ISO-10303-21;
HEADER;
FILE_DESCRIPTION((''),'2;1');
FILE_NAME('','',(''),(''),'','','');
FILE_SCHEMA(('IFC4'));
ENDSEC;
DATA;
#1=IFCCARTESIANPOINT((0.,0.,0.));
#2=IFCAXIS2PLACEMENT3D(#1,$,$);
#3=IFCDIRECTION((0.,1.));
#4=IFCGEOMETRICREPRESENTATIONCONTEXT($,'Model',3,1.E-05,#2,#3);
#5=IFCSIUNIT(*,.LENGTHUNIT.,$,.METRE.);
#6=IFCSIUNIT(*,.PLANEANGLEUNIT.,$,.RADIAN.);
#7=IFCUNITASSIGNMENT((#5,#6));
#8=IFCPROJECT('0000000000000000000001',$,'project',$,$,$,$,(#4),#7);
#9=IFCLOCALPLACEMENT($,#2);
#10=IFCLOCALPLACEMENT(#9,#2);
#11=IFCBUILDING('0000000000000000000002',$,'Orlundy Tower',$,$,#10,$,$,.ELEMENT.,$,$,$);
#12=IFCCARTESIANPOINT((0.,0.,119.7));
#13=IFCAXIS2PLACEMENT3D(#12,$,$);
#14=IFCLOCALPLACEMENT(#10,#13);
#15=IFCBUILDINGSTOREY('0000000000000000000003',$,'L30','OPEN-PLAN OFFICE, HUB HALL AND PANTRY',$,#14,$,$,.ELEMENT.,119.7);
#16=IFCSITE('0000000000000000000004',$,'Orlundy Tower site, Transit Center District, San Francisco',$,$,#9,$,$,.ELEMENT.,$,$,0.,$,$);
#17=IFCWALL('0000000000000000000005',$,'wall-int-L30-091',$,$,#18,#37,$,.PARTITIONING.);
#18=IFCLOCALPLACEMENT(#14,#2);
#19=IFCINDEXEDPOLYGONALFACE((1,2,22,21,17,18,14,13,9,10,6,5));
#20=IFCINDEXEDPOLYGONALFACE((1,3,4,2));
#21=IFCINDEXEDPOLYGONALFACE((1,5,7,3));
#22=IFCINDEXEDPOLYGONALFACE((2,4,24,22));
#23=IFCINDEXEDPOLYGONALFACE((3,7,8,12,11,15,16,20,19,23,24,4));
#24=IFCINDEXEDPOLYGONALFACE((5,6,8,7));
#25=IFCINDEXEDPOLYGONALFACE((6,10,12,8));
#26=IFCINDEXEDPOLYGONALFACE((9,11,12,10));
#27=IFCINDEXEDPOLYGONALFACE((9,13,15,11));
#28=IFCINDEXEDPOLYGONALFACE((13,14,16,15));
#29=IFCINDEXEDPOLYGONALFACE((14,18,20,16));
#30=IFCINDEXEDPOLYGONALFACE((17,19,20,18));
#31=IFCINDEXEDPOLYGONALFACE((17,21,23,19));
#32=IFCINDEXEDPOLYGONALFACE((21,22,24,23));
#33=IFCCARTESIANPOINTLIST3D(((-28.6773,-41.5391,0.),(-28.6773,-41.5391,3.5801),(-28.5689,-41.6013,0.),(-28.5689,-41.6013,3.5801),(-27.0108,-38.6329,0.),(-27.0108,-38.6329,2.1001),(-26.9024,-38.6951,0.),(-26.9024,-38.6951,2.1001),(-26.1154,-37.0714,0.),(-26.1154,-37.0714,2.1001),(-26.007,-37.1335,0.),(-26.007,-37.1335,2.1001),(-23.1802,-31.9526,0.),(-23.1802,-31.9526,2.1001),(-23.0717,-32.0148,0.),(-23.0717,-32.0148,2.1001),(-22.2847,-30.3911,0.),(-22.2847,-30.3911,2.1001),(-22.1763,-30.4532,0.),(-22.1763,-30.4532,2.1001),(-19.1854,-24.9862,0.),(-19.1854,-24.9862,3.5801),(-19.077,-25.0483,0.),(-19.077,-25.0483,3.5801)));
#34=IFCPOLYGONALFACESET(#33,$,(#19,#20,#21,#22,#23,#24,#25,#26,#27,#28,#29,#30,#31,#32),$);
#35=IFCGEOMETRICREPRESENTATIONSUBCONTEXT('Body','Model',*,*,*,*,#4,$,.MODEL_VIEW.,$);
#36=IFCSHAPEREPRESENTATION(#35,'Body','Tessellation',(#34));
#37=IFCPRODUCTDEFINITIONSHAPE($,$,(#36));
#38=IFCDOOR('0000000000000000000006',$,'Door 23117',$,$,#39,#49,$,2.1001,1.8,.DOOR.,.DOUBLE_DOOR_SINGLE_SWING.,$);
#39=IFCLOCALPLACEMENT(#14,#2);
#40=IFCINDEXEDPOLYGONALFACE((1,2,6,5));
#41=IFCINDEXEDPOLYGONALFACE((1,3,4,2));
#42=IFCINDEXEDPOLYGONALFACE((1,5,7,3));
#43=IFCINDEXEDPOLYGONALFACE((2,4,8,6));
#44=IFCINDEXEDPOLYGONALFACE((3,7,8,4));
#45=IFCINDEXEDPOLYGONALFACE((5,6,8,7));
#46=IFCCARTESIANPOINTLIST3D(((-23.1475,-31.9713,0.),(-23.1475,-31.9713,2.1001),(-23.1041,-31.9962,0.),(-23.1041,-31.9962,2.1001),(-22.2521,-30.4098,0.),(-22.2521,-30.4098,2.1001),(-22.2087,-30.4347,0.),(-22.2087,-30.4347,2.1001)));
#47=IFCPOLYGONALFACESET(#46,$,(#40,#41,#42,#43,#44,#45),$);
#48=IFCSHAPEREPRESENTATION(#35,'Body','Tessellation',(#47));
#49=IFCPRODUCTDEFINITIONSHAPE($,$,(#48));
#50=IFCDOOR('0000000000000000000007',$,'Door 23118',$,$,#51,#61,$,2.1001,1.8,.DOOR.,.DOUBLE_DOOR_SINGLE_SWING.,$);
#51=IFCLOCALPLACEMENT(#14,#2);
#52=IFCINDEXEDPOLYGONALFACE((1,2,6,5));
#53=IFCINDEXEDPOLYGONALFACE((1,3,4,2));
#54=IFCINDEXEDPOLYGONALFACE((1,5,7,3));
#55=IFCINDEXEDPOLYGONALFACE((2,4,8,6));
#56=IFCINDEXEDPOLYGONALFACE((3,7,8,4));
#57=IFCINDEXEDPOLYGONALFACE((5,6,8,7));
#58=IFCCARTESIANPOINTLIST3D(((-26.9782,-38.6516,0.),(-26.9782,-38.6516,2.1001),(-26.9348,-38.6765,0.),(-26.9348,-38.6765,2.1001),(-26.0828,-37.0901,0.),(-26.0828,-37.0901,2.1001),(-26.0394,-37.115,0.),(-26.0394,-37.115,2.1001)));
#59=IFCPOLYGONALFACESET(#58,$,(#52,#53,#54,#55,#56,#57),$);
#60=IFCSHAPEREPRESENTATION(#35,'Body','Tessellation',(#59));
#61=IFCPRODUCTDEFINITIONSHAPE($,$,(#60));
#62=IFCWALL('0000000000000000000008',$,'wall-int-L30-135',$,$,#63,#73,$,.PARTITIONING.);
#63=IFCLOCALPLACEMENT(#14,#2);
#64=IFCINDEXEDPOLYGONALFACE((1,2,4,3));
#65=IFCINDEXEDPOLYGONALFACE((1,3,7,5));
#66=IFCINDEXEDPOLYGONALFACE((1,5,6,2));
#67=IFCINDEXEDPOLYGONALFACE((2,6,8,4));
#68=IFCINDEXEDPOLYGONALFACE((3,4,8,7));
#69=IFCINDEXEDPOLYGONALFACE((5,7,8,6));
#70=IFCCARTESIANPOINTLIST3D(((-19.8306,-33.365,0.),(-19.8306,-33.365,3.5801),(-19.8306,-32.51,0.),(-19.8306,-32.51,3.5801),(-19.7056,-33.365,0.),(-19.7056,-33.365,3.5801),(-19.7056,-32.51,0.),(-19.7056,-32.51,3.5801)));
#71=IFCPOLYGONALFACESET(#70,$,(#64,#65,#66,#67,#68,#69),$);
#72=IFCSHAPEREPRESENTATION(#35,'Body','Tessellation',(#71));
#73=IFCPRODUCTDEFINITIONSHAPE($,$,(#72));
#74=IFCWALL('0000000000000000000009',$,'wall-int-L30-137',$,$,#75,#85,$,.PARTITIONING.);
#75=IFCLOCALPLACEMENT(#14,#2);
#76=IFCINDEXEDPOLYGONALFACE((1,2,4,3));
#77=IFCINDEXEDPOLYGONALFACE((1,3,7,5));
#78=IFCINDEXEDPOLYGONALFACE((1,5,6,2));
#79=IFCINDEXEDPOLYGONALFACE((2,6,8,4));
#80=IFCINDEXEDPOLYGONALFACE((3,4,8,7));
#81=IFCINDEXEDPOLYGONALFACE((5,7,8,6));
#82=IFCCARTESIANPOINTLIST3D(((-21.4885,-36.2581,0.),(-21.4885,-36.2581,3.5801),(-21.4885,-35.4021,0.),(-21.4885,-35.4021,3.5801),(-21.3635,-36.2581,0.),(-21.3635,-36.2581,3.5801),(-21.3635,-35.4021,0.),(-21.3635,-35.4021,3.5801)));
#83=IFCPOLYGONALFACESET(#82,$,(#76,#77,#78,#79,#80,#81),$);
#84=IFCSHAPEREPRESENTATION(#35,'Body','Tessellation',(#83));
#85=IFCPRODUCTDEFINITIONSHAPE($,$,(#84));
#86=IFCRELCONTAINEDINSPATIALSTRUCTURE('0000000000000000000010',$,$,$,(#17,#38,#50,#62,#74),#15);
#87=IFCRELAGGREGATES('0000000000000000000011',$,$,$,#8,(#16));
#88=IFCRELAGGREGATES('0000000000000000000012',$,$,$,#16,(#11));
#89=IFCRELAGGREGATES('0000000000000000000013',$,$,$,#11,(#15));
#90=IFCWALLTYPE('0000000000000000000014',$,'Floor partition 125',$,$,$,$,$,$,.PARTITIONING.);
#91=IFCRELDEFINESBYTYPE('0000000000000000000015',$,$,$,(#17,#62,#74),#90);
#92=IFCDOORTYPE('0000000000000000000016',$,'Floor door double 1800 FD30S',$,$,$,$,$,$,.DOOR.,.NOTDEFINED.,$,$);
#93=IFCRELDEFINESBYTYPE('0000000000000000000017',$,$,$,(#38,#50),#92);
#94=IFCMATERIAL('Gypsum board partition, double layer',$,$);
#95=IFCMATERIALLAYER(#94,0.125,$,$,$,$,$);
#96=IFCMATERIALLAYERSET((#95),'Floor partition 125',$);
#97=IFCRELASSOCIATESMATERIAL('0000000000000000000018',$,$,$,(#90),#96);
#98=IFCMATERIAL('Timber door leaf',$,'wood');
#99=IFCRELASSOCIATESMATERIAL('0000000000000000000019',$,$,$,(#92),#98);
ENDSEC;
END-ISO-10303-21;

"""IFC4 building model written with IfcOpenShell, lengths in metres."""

from ifc_helpers import new_model, si_unit, direction, frame, frame_2d, origin, place, context, subcontext, project, spatial, rectangle, extrude, material, layer, layer_set, type_object, element, fill, save


model = new_model("IFC4")

# Units and contexts
model_context = context("Model", 3, precision=1e-05, world=origin(), true_north=direction((0.0, 1.0)))
body_context = subcontext(model_context, "Body", "Model", "MODEL_VIEW")
ifc_project = project(units=[si_unit("LENGTHUNIT", "METRE"), si_unit("PLANEANGLEUNIT", "RADIAN")], contexts=[model_context])

# Site, building, storey
site_placement = place(None, origin())
site = spatial("IfcSite", under=ifc_project, at=site_placement, Name="Orlundy Tower site, Transit Center District, San Francisco", CompositionType="ELEMENT", RefElevation=0.0)
building_placement = place(site_placement, origin())
building = spatial("IfcBuilding", under=site, at=building_placement, Name="Orlundy Tower", CompositionType="ELEMENT")
storey_placement = place(building_placement, frame((0.0, 0.0, 119.7)))
storey = spatial("IfcBuildingStorey", under=building, at=storey_placement, Name="L30", Description="OPEN-PLAN OFFICE, HUB HALL AND PANTRY", CompositionType="ELEMENT", Elevation=119.7)

# Shared definitions
ifc_material_1 = material(Name="Gypsum board partition, double layer")
ifc_layer_1 = layer(ifc_material_1, 0.125)
ifc_layer_set_1 = layer_set([ifc_layer_1], Name="Floor partition 125")
wall_type_1 = type_object("IfcWallType", Name="Floor partition 125", PredefinedType="PARTITIONING", material=ifc_layer_set_1)

# Wall, openings, doors
wall_1_placement = place(storey_placement, frame((-28.623, -41.5701, 0.0), z_axis=(0.0, 0.0, 1.0), x_axis=(0.497446, 0.867495, 0.0)))
wall_1 = element("IfcWall", 1, at=wall_1_placement, inside=storey, type_object=wall_type_1, Name="wall-int-L30-091", PredefinedType="PARTITIONING", context=body_context, shape_type="SweptSolid", body=[
    extrude(rectangle(XDim=19.0813, YDim=0.125, at=frame_2d((9.5405, 0.0))), origin(), (0.0, 0.0, 1.0), 3.5801),
])
opening_1_placement = place(wall_1_placement, frame((11.0508, 0.0, 0.0)))
opening_1 = element("IfcOpeningElement", 2, at=opening_1_placement, cuts=wall_1, PredefinedType="OPENING", context=body_context, shape_type="SweptSolid", body=[
    extrude(rectangle(XDim=1.8, YDim=2.1001, at=frame_2d((0.8999, 1.05))), frame((0.0, 0.0725, 0.0), z_axis=(0.0, -1.0, 0.0), x_axis=(1.0, 0.0, 0.0)), (0.0, 0.0, 1.0), 0.145),
])
opening_2_placement = place(wall_1_placement, frame((3.3501, 0.0, 0.0)))
opening_2 = element("IfcOpeningElement", 3, at=opening_2_placement, cuts=wall_1, PredefinedType="OPENING", context=body_context, shape_type="SweptSolid", body=[
    extrude(rectangle(XDim=1.8, YDim=2.1001, at=frame_2d((0.8999, 1.05))), frame((0.0, 0.0725, 0.0), z_axis=(0.0, -1.0, 0.0), x_axis=(1.0, 0.0, 0.0)), (0.0, 0.0, 1.0), 0.145),
])
ifc_material_2 = material(Name="Timber door leaf", Category="wood")
door_type_1 = type_object("IfcDoorType", Name="Floor door double 1800 FD30S", OperationType="NOTDEFINED", PredefinedType="DOOR", material=ifc_material_2)
door_1_placement = place(opening_1_placement, origin())
door_1 = element("IfcDoor", 4, at=door_1_placement, inside=storey, type_object=door_type_1, Name="Door 23117", OperationType="DOUBLE_DOOR_SINGLE_SWING", OverallHeight=2.1001, OverallWidth=1.8, PredefinedType="DOOR", context=body_context, shape_type="SweptSolid", body=[
    extrude(rectangle(XDim=1.8, YDim=2.1001, at=frame_2d((0.8999, 1.05))), frame((0.0, 0.0249, 0.0), z_axis=(0.0, -1.0, 0.0), x_axis=(1.0, 0.0, 0.0)), (0.0, 0.0, 1.0), 0.05),
])
fill(opening_1, door_1)
door_2_placement = place(opening_2_placement, origin())
door_2 = element("IfcDoor", 5, at=door_2_placement, inside=storey, type_object=door_type_1, Name="Door 23118", OperationType="DOUBLE_DOOR_SINGLE_SWING", OverallHeight=2.1001, OverallWidth=1.8, PredefinedType="DOOR", context=body_context, shape_type="SweptSolid", body=[
    extrude(rectangle(XDim=1.8, YDim=2.1001, at=frame_2d((0.8999, 1.05))), frame((0.0, 0.0249, 0.0), z_axis=(0.0, -1.0, 0.0), x_axis=(1.0, 0.0, 0.0)), (0.0, 0.0, 1.0), 0.05),
])
fill(opening_2, door_2)

# Walls
wall_2_placement = place(storey_placement, frame((-19.7681, -33.365, 0.0), z_axis=(0.0, 0.0, 1.0), x_axis=(0.0, 1.0, 0.0)))
element("IfcWall", 6, at=wall_2_placement, inside=storey, type_object=wall_type_1, Name="wall-int-L30-135", PredefinedType="PARTITIONING", context=body_context, shape_type="SweptSolid", body=[
    extrude(rectangle(XDim=0.855, YDim=0.125, at=frame_2d((0.4275, 0.0))), origin(), (0.0, 0.0, 1.0), 3.5801),
])
wall_3_placement = place(storey_placement, frame((-21.426, -36.2581, 0.0), z_axis=(0.0, 0.0, 1.0), x_axis=(0.0, 1.0, 0.0)))
element("IfcWall", 7, at=wall_3_placement, inside=storey, type_object=wall_type_1, Name="wall-int-L30-137", PredefinedType="PARTITIONING", context=body_context, shape_type="SweptSolid", body=[
    extrude(rectangle(XDim=0.856, YDim=0.125, at=frame_2d((0.428, 0.0))), origin(), (0.0, 0.0, 1.0), 3.5801),
])

save(model, "model.ifc")
